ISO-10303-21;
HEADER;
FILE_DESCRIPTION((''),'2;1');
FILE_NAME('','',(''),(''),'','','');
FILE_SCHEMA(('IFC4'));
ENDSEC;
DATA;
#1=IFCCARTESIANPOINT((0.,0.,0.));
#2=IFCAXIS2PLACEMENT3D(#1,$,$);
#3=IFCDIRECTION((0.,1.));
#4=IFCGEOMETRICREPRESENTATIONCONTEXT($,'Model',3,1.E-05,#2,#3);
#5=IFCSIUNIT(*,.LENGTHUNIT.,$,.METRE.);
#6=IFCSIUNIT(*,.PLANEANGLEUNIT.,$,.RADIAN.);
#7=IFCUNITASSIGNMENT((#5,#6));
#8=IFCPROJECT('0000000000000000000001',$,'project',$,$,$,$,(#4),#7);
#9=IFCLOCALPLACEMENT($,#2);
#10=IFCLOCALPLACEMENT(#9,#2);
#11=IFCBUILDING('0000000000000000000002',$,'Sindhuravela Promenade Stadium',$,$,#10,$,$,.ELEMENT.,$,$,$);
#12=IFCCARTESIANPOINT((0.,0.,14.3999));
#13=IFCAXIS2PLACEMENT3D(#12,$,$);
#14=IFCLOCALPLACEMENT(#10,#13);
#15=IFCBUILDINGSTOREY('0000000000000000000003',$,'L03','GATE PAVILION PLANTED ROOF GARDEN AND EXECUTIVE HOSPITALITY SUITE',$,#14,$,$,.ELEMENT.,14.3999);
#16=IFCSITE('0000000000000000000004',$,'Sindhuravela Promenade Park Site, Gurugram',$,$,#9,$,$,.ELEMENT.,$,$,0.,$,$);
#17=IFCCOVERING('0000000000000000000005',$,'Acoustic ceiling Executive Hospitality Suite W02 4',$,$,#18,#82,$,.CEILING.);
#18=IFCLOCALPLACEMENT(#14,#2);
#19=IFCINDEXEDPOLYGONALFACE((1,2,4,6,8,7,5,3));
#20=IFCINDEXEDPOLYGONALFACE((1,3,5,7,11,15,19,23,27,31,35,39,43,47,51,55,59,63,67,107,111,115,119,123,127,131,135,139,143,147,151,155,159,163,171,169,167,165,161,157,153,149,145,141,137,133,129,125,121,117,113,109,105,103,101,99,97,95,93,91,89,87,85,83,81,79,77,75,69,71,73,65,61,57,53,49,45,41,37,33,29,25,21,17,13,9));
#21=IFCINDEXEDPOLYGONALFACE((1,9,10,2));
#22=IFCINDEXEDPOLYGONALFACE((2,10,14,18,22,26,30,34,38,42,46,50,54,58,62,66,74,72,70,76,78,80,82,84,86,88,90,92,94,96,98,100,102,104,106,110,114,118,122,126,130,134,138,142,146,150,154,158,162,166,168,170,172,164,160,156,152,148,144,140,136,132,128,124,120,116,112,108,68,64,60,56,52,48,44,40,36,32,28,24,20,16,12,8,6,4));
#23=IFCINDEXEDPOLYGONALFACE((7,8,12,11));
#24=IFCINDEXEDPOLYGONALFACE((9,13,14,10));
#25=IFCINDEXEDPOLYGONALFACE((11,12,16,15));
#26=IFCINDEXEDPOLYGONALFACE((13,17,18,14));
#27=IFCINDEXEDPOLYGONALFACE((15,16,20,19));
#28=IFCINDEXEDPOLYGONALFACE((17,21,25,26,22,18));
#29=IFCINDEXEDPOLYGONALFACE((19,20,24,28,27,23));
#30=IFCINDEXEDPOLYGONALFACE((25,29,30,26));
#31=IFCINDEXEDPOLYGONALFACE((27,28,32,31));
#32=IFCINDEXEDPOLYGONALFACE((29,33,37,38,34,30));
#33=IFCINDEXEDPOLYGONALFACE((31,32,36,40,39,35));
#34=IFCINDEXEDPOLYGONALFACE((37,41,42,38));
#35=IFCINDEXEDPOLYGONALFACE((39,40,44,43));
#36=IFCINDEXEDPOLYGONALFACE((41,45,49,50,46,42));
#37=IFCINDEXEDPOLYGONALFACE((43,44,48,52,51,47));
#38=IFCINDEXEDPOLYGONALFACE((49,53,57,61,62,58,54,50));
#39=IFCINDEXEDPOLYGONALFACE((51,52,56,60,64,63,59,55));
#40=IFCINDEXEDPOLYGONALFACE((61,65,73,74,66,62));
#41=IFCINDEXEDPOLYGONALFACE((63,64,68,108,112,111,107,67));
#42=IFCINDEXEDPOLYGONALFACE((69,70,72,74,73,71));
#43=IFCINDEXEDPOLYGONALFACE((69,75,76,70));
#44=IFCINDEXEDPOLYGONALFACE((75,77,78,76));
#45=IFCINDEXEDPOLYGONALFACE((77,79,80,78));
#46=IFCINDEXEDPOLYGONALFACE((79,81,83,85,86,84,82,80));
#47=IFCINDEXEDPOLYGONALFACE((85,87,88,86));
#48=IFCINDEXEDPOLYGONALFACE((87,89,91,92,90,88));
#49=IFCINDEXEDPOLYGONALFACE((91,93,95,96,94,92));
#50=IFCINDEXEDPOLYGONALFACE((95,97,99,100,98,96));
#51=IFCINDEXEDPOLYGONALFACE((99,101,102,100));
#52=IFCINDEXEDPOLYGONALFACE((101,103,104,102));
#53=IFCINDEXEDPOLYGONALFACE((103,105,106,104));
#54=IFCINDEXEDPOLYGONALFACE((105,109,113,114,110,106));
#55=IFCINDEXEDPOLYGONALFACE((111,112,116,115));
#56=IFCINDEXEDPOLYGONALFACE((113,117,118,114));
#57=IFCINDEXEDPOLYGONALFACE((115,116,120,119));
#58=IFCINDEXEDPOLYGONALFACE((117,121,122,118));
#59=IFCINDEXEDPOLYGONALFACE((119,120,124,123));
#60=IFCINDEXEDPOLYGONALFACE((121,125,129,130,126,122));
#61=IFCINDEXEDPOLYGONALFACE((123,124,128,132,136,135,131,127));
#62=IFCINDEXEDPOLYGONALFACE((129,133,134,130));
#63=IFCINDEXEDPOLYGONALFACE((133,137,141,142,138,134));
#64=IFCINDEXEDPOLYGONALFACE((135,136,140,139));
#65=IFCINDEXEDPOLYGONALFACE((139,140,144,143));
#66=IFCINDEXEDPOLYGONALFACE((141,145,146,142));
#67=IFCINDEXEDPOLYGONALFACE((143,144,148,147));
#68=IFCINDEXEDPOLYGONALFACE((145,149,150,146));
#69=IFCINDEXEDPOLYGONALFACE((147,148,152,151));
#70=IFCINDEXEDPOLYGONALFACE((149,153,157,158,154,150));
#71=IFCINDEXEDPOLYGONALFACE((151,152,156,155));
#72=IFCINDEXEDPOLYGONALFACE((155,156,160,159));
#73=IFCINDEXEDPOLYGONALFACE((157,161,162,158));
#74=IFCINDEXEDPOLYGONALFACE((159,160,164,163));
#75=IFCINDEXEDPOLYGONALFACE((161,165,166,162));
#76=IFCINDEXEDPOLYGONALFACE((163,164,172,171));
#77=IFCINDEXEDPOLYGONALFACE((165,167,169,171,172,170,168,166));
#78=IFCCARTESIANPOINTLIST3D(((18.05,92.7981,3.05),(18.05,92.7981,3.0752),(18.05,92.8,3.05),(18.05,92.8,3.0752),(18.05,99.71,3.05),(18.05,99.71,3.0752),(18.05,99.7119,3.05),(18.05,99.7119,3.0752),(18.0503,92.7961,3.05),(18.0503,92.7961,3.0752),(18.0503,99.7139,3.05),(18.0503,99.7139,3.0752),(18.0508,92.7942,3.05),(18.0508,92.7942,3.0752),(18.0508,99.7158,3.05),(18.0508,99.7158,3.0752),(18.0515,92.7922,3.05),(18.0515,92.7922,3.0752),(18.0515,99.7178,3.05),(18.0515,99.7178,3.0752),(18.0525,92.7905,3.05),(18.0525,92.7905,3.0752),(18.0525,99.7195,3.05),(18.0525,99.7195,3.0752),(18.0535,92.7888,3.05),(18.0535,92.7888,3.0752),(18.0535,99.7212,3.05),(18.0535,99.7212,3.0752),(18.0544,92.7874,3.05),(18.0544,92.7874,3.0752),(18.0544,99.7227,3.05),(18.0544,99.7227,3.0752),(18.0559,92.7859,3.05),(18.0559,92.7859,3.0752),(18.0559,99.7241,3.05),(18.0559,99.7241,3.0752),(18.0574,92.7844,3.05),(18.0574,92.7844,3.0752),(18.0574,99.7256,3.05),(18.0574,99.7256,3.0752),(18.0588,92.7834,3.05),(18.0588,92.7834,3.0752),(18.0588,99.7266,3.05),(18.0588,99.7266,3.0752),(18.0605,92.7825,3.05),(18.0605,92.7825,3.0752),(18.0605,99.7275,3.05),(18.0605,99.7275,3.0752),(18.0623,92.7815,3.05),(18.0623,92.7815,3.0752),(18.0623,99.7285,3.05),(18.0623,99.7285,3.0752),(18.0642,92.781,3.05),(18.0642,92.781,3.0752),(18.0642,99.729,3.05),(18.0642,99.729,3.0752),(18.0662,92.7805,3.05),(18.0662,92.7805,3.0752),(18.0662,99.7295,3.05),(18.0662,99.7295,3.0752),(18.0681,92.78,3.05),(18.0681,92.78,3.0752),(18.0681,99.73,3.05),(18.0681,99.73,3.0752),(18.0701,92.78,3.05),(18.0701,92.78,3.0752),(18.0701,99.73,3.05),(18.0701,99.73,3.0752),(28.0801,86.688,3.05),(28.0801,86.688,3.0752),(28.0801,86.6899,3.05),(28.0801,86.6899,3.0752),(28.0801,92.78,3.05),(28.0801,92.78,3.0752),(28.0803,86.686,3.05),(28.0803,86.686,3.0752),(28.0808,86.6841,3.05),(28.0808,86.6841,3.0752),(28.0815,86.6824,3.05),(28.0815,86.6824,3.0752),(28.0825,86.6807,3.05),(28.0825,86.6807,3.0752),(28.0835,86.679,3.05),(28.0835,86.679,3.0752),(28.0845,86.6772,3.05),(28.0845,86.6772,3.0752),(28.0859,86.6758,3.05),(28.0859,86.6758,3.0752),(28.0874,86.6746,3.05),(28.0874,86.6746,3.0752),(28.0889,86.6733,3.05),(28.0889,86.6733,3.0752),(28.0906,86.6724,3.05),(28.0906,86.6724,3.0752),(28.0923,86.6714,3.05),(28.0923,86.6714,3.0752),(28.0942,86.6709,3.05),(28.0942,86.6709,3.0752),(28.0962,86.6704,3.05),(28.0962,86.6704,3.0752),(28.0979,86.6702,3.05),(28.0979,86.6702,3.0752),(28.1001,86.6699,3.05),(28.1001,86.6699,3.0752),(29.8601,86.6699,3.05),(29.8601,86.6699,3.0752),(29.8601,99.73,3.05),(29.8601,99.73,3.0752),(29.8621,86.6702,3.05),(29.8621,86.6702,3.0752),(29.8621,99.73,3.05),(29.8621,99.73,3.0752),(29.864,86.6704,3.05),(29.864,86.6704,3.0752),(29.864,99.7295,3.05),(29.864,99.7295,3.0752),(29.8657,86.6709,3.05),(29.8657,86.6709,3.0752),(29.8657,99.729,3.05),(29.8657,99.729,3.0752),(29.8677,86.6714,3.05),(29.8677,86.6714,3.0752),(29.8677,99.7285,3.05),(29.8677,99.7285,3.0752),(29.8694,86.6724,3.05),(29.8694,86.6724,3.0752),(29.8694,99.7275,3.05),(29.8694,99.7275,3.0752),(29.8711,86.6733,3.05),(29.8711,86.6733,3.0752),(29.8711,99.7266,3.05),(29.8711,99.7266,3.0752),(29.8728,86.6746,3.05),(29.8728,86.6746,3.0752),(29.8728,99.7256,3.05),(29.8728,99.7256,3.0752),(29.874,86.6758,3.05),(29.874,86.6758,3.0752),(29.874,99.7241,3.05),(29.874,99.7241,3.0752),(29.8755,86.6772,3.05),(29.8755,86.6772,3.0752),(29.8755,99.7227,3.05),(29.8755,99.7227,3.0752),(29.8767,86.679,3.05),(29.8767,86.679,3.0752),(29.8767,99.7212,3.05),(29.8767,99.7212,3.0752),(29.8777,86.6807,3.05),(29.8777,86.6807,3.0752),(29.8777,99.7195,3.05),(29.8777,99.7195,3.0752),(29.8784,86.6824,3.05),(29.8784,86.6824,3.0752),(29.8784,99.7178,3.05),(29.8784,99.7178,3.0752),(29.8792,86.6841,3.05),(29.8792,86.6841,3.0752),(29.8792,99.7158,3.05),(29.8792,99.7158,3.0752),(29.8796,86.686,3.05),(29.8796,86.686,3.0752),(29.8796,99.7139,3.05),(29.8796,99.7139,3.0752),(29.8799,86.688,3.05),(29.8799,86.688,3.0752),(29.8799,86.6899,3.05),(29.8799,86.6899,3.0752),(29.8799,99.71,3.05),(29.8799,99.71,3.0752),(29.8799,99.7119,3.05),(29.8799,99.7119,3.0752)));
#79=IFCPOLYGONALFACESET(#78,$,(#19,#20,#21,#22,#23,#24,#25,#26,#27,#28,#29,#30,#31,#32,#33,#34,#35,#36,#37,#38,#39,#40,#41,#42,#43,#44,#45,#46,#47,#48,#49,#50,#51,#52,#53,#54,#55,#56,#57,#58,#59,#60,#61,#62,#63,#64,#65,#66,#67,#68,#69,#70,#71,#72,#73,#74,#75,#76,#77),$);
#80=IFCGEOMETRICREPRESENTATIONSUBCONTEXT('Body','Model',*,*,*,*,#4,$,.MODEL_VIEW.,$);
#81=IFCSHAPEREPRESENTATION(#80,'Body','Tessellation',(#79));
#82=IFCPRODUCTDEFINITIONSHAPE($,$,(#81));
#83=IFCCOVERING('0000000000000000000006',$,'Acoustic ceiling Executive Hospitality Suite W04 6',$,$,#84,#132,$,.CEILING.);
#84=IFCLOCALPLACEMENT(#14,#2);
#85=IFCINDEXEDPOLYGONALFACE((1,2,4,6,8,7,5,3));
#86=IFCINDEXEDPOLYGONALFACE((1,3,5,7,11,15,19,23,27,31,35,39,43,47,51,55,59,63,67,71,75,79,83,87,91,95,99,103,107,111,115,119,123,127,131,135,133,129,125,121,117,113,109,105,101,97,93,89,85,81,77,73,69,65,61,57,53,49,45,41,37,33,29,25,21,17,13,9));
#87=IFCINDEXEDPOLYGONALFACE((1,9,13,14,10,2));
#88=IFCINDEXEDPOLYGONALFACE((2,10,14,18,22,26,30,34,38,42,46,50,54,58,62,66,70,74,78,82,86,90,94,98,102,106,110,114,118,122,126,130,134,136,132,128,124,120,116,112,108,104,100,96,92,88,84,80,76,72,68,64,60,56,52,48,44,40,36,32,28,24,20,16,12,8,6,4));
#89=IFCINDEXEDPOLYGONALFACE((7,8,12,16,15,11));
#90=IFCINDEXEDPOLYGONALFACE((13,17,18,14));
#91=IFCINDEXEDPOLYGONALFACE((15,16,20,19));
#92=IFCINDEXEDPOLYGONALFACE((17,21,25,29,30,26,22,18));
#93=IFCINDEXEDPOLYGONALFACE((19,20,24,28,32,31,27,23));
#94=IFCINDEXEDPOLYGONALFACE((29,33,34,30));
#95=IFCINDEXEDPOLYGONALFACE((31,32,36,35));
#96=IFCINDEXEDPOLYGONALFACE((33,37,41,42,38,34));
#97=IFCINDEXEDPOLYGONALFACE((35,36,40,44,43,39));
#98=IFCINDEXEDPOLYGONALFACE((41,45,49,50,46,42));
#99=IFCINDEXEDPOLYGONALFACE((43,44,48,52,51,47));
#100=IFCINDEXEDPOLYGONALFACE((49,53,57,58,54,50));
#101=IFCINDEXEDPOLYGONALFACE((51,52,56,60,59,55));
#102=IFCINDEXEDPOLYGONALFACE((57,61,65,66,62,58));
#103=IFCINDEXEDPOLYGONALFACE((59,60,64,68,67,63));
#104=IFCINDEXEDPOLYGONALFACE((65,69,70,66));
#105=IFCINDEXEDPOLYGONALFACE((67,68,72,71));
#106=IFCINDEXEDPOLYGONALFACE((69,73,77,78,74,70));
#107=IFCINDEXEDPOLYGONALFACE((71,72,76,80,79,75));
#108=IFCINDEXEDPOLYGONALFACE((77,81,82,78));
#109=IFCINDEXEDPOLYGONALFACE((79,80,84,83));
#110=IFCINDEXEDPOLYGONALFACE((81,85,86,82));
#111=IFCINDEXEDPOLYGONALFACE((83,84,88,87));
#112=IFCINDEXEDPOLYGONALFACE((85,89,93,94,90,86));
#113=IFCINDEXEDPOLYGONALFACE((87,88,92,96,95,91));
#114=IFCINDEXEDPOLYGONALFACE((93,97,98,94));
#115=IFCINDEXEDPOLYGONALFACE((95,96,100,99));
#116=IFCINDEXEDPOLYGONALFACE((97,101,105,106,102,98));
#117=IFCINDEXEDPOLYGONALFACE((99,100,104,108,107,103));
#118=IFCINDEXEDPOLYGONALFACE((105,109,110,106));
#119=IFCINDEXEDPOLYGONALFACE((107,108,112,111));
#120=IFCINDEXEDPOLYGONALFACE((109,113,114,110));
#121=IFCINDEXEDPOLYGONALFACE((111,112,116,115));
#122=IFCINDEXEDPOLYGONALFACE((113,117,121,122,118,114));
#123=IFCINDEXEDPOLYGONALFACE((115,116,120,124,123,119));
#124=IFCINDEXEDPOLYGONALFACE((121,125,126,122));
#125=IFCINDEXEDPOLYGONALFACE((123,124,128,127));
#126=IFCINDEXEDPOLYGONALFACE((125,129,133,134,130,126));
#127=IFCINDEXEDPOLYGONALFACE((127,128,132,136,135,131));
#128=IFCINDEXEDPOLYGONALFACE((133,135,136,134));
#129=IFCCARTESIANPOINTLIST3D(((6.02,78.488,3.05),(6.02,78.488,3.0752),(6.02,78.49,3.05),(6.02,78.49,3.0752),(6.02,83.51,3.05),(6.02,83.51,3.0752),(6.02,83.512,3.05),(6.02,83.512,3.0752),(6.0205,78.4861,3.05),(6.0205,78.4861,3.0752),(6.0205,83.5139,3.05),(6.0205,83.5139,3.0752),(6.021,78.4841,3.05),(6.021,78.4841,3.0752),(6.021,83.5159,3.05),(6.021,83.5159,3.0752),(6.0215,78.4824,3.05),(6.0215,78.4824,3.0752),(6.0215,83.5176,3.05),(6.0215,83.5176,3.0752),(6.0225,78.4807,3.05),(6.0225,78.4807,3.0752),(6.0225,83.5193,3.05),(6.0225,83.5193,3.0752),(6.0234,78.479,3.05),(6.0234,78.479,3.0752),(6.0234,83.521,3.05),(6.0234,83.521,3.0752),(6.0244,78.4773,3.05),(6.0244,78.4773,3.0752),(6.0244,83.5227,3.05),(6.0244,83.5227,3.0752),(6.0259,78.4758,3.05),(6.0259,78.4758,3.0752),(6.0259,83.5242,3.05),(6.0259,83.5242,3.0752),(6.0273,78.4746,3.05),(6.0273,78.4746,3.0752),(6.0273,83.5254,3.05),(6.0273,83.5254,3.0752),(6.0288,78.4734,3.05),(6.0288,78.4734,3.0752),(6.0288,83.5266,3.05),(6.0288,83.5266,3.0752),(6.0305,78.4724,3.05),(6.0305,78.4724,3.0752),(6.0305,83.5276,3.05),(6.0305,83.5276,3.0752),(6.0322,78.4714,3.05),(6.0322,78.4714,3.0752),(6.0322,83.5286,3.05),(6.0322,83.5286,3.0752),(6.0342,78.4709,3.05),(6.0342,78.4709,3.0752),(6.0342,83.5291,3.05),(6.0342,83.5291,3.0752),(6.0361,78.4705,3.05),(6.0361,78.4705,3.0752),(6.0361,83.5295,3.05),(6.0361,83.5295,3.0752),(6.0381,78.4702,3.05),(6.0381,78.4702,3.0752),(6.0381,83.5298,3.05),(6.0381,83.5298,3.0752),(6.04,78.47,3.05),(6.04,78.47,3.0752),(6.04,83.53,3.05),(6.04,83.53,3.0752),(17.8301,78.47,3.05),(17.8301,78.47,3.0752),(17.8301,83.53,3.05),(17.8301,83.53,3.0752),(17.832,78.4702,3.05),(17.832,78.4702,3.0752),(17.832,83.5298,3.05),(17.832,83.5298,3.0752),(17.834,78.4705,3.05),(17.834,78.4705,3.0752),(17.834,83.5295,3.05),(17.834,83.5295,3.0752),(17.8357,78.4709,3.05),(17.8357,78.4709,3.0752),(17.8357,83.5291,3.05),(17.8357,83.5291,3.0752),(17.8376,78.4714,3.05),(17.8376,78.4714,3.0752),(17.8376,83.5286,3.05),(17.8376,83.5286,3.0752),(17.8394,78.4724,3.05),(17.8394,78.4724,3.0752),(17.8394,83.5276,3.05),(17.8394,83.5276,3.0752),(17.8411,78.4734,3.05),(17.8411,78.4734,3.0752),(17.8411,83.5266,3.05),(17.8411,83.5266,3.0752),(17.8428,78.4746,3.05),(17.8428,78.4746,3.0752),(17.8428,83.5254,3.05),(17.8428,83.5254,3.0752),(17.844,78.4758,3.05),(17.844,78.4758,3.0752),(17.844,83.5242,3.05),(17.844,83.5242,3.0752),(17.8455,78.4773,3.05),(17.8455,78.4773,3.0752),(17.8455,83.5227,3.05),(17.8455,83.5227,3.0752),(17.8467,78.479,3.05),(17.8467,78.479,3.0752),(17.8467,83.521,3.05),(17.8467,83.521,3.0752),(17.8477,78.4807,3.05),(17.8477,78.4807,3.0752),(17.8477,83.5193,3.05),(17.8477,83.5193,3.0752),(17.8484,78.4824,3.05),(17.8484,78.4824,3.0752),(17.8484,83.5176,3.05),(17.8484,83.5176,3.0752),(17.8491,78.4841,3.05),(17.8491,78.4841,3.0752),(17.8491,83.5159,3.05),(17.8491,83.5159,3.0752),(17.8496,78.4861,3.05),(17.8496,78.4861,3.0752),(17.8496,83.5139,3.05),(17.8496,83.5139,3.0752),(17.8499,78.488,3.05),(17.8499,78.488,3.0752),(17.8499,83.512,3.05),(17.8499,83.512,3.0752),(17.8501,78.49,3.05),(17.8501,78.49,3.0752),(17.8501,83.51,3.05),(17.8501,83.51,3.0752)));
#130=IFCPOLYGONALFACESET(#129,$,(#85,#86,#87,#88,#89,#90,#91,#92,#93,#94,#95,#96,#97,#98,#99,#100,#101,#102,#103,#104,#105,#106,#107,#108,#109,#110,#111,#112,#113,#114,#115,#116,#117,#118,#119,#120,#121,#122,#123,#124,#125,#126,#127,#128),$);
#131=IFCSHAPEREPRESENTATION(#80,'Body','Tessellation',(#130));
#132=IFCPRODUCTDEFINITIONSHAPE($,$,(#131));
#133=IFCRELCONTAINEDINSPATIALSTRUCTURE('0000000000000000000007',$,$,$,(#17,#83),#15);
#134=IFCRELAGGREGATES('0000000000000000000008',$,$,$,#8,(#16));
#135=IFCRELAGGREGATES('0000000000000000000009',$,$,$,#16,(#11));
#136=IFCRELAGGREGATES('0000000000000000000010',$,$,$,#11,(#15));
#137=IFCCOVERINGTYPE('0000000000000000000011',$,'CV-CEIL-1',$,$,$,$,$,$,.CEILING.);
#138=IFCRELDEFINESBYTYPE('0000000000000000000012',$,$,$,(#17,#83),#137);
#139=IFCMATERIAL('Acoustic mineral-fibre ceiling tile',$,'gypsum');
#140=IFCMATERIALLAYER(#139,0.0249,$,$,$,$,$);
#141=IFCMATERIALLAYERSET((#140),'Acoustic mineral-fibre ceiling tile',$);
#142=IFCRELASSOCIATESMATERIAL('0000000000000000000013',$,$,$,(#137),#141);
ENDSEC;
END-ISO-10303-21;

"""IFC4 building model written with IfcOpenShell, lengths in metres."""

from ifc_helpers import new_model, si_unit, direction, frame, origin, place, context, subcontext, project, spatial, polyline, outline, extrude, material, layer, layer_set, type_object, element, save


model = new_model("IFC4")

# Units and contexts
model_context = context("Model", 3, precision=1e-05, world=origin(), true_north=direction((0.0, 1.0)))
body_context = subcontext(model_context, "Body", "Model", "MODEL_VIEW")
ifc_project = project(units=[si_unit("LENGTHUNIT", "METRE"), si_unit("PLANEANGLEUNIT", "RADIAN")], contexts=[model_context])

# Site, building, storey
site_placement = place(None, origin())
site = spatial("IfcSite", under=ifc_project, at=site_placement, Name="Sindhuravela Promenade Park Site, Gurugram", CompositionType="ELEMENT", RefElevation=0.0)
building_placement = place(site_placement, origin())
building = spatial("IfcBuilding", under=site, at=building_placement, Name="Sindhuravela Promenade Stadium", CompositionType="ELEMENT")
storey_placement = place(building_placement, frame((0.0, 0.0, 14.3999)))
storey = spatial("IfcBuildingStorey", under=building, at=storey_placement, Name="L03", Description="GATE PAVILION PLANTED ROOF GARDEN AND EXECUTIVE HOSPITALITY SUITE", CompositionType="ELEMENT", Elevation=14.3999)

# Coverings
ifc_material_1 = material(Name="Acoustic mineral-fibre ceiling tile", Category="gypsum")
ifc_layer_1 = layer(ifc_material_1, 0.0249)
ifc_layer_set_1 = layer_set([ifc_layer_1], Name="Acoustic mineral-fibre ceiling tile")
covering_type_1 = type_object("IfcCoveringType", Name="CV-CEIL-1", PredefinedType="CEILING", material=ifc_layer_set_1)
covering_1_placement = place(storey_placement, frame((0.0, 0.0, 3.05)))
element("IfcCovering", 1, at=covering_1_placement, inside=storey, type_object=covering_type_1, Name="Acoustic ceiling Executive Hospitality Suite W02 4", PredefinedType="CEILING", context=body_context, shape_type="SweptSolid", body=[
    extrude(outline(polyline([(29.8601, 99.73), (29.8621, 99.73), (29.864, 99.7295), (29.8657, 99.729), (29.8677, 99.7285), (29.8694, 99.7275), (29.8711, 99.7266), (29.8728, 99.7256), (29.874, 99.7241), (29.8755, 99.7227), (29.8767, 99.7212), (29.8777, 99.7195), (29.8784, 99.7178), (29.8792, 99.7158), (29.8796, 99.7139), (29.8799, 99.7119), (29.8799, 99.71), (29.8799, 86.6899), (29.8799, 86.688), (29.8796, 86.686), (29.8792, 86.6841), (29.8784, 86.6824), (29.8777, 86.6807), (29.8767, 86.679), (29.8755, 86.6772), (29.874, 86.6758), (29.8728, 86.6746), (29.8711, 86.6733), (29.8694, 86.6724), (29.8677, 86.6714), (29.8657, 86.6709), (29.864, 86.6704), (29.8621, 86.6702), (29.8601, 86.6699), (28.1001, 86.6699), (28.0979, 86.6702), (28.0962, 86.6704), (28.0942, 86.6709), (28.0923, 86.6714), (28.0906, 86.6724), (28.0889, 86.6733), (28.0874, 86.6746), (28.0859, 86.6758), (28.0845, 86.6772), (28.0835, 86.679), (28.0825, 86.6807), (28.0815, 86.6824), (28.0808, 86.6841), (28.0803, 86.686), (28.0801, 86.688), (28.0801, 86.6899), (28.0801, 92.78), (18.0701, 92.78), (18.0681, 92.78), (18.0662, 92.7805), (18.0642, 92.781), (18.0623, 92.7815), (18.0605, 92.7825), (18.0588, 92.7834), (18.0574, 92.7844), (18.0559, 92.7859), (18.0544, 92.7874), (18.0535, 92.7888), (18.0525, 92.7905), (18.0515, 92.7922), (18.0508, 92.7942), (18.0503, 92.7961), (18.05, 92.7981), (18.05, 92.8), (18.05, 99.71), (18.05, 99.7119), (18.0503, 99.7139), (18.0508, 99.7158), (18.0515, 99.7178), (18.0525, 99.7195), (18.0535, 99.7212), (18.0544, 99.7227), (18.0559, 99.7241), (18.0574, 99.7256), (18.0588, 99.7266), (18.0605, 99.7275), (18.0623, 99.7285), (18.0642, 99.729), (18.0662, 99.7295), (18.0681, 99.73), (18.0701, 99.73), (29.8601, 99.73)])), origin(), (0.0, 0.0, 1.0), 0.0251),
])
covering_2_placement = place(storey_placement, frame((0.0, 0.0, 3.05)))
element("IfcCovering", 2, at=covering_2_placement, inside=storey, type_object=covering_type_1, Name="Acoustic ceiling Executive Hospitality Suite W04 6", PredefinedType="CEILING", context=body_context, shape_type="SweptSolid", body=[
    extrude(outline(polyline([(6.02, 83.51), (6.02, 83.512), (6.0205, 83.5139), (6.021, 83.5159), (6.0215, 83.5176), (6.0225, 83.5193), (6.0234, 83.521), (6.0244, 83.5227), (6.0259, 83.5242), (6.0273, 83.5254), (6.0288, 83.5266), (6.0305, 83.5276), (6.0322, 83.5286), (6.0342, 83.5291), (6.0361, 83.5295), (6.0381, 83.5298), (6.04, 83.53), (17.8301, 83.53), (17.832, 83.5298), (17.834, 83.5295), (17.8357, 83.5291), (17.8376, 83.5286), (17.8394, 83.5276), (17.8411, 83.5266), (17.8428, 83.5254), (17.844, 83.5242), (17.8455, 83.5227), (17.8467, 83.521), (17.8477, 83.5193), (17.8484, 83.5176), (17.8491, 83.5159), (17.8496, 83.5139), (17.8499, 83.512), (17.8501, 83.51), (17.8501, 78.49), (17.8499, 78.488), (17.8496, 78.4861), (17.8491, 78.4841), (17.8484, 78.4824), (17.8477, 78.4807), (17.8467, 78.479), (17.8455, 78.4773), (17.844, 78.4758), (17.8428, 78.4746), (17.8411, 78.4734), (17.8394, 78.4724), (17.8376, 78.4714), (17.8357, 78.4709), (17.834, 78.4705), (17.832, 78.4702), (17.8301, 78.47), (6.04, 78.47), (6.0381, 78.4702), (6.0361, 78.4705), (6.0342, 78.4709), (6.0322, 78.4714), (6.0305, 78.4724), (6.0288, 78.4734), (6.0273, 78.4746), (6.0259, 78.4758), (6.0244, 78.4773), (6.0234, 78.479), (6.0225, 78.4807), (6.0215, 78.4824), (6.021, 78.4841), (6.0205, 78.4861), (6.02, 78.488), (6.02, 78.49), (6.02, 83.51)])), origin(), (0.0, 0.0, 1.0), 0.0251),
])

save(model, "model.ifc")
